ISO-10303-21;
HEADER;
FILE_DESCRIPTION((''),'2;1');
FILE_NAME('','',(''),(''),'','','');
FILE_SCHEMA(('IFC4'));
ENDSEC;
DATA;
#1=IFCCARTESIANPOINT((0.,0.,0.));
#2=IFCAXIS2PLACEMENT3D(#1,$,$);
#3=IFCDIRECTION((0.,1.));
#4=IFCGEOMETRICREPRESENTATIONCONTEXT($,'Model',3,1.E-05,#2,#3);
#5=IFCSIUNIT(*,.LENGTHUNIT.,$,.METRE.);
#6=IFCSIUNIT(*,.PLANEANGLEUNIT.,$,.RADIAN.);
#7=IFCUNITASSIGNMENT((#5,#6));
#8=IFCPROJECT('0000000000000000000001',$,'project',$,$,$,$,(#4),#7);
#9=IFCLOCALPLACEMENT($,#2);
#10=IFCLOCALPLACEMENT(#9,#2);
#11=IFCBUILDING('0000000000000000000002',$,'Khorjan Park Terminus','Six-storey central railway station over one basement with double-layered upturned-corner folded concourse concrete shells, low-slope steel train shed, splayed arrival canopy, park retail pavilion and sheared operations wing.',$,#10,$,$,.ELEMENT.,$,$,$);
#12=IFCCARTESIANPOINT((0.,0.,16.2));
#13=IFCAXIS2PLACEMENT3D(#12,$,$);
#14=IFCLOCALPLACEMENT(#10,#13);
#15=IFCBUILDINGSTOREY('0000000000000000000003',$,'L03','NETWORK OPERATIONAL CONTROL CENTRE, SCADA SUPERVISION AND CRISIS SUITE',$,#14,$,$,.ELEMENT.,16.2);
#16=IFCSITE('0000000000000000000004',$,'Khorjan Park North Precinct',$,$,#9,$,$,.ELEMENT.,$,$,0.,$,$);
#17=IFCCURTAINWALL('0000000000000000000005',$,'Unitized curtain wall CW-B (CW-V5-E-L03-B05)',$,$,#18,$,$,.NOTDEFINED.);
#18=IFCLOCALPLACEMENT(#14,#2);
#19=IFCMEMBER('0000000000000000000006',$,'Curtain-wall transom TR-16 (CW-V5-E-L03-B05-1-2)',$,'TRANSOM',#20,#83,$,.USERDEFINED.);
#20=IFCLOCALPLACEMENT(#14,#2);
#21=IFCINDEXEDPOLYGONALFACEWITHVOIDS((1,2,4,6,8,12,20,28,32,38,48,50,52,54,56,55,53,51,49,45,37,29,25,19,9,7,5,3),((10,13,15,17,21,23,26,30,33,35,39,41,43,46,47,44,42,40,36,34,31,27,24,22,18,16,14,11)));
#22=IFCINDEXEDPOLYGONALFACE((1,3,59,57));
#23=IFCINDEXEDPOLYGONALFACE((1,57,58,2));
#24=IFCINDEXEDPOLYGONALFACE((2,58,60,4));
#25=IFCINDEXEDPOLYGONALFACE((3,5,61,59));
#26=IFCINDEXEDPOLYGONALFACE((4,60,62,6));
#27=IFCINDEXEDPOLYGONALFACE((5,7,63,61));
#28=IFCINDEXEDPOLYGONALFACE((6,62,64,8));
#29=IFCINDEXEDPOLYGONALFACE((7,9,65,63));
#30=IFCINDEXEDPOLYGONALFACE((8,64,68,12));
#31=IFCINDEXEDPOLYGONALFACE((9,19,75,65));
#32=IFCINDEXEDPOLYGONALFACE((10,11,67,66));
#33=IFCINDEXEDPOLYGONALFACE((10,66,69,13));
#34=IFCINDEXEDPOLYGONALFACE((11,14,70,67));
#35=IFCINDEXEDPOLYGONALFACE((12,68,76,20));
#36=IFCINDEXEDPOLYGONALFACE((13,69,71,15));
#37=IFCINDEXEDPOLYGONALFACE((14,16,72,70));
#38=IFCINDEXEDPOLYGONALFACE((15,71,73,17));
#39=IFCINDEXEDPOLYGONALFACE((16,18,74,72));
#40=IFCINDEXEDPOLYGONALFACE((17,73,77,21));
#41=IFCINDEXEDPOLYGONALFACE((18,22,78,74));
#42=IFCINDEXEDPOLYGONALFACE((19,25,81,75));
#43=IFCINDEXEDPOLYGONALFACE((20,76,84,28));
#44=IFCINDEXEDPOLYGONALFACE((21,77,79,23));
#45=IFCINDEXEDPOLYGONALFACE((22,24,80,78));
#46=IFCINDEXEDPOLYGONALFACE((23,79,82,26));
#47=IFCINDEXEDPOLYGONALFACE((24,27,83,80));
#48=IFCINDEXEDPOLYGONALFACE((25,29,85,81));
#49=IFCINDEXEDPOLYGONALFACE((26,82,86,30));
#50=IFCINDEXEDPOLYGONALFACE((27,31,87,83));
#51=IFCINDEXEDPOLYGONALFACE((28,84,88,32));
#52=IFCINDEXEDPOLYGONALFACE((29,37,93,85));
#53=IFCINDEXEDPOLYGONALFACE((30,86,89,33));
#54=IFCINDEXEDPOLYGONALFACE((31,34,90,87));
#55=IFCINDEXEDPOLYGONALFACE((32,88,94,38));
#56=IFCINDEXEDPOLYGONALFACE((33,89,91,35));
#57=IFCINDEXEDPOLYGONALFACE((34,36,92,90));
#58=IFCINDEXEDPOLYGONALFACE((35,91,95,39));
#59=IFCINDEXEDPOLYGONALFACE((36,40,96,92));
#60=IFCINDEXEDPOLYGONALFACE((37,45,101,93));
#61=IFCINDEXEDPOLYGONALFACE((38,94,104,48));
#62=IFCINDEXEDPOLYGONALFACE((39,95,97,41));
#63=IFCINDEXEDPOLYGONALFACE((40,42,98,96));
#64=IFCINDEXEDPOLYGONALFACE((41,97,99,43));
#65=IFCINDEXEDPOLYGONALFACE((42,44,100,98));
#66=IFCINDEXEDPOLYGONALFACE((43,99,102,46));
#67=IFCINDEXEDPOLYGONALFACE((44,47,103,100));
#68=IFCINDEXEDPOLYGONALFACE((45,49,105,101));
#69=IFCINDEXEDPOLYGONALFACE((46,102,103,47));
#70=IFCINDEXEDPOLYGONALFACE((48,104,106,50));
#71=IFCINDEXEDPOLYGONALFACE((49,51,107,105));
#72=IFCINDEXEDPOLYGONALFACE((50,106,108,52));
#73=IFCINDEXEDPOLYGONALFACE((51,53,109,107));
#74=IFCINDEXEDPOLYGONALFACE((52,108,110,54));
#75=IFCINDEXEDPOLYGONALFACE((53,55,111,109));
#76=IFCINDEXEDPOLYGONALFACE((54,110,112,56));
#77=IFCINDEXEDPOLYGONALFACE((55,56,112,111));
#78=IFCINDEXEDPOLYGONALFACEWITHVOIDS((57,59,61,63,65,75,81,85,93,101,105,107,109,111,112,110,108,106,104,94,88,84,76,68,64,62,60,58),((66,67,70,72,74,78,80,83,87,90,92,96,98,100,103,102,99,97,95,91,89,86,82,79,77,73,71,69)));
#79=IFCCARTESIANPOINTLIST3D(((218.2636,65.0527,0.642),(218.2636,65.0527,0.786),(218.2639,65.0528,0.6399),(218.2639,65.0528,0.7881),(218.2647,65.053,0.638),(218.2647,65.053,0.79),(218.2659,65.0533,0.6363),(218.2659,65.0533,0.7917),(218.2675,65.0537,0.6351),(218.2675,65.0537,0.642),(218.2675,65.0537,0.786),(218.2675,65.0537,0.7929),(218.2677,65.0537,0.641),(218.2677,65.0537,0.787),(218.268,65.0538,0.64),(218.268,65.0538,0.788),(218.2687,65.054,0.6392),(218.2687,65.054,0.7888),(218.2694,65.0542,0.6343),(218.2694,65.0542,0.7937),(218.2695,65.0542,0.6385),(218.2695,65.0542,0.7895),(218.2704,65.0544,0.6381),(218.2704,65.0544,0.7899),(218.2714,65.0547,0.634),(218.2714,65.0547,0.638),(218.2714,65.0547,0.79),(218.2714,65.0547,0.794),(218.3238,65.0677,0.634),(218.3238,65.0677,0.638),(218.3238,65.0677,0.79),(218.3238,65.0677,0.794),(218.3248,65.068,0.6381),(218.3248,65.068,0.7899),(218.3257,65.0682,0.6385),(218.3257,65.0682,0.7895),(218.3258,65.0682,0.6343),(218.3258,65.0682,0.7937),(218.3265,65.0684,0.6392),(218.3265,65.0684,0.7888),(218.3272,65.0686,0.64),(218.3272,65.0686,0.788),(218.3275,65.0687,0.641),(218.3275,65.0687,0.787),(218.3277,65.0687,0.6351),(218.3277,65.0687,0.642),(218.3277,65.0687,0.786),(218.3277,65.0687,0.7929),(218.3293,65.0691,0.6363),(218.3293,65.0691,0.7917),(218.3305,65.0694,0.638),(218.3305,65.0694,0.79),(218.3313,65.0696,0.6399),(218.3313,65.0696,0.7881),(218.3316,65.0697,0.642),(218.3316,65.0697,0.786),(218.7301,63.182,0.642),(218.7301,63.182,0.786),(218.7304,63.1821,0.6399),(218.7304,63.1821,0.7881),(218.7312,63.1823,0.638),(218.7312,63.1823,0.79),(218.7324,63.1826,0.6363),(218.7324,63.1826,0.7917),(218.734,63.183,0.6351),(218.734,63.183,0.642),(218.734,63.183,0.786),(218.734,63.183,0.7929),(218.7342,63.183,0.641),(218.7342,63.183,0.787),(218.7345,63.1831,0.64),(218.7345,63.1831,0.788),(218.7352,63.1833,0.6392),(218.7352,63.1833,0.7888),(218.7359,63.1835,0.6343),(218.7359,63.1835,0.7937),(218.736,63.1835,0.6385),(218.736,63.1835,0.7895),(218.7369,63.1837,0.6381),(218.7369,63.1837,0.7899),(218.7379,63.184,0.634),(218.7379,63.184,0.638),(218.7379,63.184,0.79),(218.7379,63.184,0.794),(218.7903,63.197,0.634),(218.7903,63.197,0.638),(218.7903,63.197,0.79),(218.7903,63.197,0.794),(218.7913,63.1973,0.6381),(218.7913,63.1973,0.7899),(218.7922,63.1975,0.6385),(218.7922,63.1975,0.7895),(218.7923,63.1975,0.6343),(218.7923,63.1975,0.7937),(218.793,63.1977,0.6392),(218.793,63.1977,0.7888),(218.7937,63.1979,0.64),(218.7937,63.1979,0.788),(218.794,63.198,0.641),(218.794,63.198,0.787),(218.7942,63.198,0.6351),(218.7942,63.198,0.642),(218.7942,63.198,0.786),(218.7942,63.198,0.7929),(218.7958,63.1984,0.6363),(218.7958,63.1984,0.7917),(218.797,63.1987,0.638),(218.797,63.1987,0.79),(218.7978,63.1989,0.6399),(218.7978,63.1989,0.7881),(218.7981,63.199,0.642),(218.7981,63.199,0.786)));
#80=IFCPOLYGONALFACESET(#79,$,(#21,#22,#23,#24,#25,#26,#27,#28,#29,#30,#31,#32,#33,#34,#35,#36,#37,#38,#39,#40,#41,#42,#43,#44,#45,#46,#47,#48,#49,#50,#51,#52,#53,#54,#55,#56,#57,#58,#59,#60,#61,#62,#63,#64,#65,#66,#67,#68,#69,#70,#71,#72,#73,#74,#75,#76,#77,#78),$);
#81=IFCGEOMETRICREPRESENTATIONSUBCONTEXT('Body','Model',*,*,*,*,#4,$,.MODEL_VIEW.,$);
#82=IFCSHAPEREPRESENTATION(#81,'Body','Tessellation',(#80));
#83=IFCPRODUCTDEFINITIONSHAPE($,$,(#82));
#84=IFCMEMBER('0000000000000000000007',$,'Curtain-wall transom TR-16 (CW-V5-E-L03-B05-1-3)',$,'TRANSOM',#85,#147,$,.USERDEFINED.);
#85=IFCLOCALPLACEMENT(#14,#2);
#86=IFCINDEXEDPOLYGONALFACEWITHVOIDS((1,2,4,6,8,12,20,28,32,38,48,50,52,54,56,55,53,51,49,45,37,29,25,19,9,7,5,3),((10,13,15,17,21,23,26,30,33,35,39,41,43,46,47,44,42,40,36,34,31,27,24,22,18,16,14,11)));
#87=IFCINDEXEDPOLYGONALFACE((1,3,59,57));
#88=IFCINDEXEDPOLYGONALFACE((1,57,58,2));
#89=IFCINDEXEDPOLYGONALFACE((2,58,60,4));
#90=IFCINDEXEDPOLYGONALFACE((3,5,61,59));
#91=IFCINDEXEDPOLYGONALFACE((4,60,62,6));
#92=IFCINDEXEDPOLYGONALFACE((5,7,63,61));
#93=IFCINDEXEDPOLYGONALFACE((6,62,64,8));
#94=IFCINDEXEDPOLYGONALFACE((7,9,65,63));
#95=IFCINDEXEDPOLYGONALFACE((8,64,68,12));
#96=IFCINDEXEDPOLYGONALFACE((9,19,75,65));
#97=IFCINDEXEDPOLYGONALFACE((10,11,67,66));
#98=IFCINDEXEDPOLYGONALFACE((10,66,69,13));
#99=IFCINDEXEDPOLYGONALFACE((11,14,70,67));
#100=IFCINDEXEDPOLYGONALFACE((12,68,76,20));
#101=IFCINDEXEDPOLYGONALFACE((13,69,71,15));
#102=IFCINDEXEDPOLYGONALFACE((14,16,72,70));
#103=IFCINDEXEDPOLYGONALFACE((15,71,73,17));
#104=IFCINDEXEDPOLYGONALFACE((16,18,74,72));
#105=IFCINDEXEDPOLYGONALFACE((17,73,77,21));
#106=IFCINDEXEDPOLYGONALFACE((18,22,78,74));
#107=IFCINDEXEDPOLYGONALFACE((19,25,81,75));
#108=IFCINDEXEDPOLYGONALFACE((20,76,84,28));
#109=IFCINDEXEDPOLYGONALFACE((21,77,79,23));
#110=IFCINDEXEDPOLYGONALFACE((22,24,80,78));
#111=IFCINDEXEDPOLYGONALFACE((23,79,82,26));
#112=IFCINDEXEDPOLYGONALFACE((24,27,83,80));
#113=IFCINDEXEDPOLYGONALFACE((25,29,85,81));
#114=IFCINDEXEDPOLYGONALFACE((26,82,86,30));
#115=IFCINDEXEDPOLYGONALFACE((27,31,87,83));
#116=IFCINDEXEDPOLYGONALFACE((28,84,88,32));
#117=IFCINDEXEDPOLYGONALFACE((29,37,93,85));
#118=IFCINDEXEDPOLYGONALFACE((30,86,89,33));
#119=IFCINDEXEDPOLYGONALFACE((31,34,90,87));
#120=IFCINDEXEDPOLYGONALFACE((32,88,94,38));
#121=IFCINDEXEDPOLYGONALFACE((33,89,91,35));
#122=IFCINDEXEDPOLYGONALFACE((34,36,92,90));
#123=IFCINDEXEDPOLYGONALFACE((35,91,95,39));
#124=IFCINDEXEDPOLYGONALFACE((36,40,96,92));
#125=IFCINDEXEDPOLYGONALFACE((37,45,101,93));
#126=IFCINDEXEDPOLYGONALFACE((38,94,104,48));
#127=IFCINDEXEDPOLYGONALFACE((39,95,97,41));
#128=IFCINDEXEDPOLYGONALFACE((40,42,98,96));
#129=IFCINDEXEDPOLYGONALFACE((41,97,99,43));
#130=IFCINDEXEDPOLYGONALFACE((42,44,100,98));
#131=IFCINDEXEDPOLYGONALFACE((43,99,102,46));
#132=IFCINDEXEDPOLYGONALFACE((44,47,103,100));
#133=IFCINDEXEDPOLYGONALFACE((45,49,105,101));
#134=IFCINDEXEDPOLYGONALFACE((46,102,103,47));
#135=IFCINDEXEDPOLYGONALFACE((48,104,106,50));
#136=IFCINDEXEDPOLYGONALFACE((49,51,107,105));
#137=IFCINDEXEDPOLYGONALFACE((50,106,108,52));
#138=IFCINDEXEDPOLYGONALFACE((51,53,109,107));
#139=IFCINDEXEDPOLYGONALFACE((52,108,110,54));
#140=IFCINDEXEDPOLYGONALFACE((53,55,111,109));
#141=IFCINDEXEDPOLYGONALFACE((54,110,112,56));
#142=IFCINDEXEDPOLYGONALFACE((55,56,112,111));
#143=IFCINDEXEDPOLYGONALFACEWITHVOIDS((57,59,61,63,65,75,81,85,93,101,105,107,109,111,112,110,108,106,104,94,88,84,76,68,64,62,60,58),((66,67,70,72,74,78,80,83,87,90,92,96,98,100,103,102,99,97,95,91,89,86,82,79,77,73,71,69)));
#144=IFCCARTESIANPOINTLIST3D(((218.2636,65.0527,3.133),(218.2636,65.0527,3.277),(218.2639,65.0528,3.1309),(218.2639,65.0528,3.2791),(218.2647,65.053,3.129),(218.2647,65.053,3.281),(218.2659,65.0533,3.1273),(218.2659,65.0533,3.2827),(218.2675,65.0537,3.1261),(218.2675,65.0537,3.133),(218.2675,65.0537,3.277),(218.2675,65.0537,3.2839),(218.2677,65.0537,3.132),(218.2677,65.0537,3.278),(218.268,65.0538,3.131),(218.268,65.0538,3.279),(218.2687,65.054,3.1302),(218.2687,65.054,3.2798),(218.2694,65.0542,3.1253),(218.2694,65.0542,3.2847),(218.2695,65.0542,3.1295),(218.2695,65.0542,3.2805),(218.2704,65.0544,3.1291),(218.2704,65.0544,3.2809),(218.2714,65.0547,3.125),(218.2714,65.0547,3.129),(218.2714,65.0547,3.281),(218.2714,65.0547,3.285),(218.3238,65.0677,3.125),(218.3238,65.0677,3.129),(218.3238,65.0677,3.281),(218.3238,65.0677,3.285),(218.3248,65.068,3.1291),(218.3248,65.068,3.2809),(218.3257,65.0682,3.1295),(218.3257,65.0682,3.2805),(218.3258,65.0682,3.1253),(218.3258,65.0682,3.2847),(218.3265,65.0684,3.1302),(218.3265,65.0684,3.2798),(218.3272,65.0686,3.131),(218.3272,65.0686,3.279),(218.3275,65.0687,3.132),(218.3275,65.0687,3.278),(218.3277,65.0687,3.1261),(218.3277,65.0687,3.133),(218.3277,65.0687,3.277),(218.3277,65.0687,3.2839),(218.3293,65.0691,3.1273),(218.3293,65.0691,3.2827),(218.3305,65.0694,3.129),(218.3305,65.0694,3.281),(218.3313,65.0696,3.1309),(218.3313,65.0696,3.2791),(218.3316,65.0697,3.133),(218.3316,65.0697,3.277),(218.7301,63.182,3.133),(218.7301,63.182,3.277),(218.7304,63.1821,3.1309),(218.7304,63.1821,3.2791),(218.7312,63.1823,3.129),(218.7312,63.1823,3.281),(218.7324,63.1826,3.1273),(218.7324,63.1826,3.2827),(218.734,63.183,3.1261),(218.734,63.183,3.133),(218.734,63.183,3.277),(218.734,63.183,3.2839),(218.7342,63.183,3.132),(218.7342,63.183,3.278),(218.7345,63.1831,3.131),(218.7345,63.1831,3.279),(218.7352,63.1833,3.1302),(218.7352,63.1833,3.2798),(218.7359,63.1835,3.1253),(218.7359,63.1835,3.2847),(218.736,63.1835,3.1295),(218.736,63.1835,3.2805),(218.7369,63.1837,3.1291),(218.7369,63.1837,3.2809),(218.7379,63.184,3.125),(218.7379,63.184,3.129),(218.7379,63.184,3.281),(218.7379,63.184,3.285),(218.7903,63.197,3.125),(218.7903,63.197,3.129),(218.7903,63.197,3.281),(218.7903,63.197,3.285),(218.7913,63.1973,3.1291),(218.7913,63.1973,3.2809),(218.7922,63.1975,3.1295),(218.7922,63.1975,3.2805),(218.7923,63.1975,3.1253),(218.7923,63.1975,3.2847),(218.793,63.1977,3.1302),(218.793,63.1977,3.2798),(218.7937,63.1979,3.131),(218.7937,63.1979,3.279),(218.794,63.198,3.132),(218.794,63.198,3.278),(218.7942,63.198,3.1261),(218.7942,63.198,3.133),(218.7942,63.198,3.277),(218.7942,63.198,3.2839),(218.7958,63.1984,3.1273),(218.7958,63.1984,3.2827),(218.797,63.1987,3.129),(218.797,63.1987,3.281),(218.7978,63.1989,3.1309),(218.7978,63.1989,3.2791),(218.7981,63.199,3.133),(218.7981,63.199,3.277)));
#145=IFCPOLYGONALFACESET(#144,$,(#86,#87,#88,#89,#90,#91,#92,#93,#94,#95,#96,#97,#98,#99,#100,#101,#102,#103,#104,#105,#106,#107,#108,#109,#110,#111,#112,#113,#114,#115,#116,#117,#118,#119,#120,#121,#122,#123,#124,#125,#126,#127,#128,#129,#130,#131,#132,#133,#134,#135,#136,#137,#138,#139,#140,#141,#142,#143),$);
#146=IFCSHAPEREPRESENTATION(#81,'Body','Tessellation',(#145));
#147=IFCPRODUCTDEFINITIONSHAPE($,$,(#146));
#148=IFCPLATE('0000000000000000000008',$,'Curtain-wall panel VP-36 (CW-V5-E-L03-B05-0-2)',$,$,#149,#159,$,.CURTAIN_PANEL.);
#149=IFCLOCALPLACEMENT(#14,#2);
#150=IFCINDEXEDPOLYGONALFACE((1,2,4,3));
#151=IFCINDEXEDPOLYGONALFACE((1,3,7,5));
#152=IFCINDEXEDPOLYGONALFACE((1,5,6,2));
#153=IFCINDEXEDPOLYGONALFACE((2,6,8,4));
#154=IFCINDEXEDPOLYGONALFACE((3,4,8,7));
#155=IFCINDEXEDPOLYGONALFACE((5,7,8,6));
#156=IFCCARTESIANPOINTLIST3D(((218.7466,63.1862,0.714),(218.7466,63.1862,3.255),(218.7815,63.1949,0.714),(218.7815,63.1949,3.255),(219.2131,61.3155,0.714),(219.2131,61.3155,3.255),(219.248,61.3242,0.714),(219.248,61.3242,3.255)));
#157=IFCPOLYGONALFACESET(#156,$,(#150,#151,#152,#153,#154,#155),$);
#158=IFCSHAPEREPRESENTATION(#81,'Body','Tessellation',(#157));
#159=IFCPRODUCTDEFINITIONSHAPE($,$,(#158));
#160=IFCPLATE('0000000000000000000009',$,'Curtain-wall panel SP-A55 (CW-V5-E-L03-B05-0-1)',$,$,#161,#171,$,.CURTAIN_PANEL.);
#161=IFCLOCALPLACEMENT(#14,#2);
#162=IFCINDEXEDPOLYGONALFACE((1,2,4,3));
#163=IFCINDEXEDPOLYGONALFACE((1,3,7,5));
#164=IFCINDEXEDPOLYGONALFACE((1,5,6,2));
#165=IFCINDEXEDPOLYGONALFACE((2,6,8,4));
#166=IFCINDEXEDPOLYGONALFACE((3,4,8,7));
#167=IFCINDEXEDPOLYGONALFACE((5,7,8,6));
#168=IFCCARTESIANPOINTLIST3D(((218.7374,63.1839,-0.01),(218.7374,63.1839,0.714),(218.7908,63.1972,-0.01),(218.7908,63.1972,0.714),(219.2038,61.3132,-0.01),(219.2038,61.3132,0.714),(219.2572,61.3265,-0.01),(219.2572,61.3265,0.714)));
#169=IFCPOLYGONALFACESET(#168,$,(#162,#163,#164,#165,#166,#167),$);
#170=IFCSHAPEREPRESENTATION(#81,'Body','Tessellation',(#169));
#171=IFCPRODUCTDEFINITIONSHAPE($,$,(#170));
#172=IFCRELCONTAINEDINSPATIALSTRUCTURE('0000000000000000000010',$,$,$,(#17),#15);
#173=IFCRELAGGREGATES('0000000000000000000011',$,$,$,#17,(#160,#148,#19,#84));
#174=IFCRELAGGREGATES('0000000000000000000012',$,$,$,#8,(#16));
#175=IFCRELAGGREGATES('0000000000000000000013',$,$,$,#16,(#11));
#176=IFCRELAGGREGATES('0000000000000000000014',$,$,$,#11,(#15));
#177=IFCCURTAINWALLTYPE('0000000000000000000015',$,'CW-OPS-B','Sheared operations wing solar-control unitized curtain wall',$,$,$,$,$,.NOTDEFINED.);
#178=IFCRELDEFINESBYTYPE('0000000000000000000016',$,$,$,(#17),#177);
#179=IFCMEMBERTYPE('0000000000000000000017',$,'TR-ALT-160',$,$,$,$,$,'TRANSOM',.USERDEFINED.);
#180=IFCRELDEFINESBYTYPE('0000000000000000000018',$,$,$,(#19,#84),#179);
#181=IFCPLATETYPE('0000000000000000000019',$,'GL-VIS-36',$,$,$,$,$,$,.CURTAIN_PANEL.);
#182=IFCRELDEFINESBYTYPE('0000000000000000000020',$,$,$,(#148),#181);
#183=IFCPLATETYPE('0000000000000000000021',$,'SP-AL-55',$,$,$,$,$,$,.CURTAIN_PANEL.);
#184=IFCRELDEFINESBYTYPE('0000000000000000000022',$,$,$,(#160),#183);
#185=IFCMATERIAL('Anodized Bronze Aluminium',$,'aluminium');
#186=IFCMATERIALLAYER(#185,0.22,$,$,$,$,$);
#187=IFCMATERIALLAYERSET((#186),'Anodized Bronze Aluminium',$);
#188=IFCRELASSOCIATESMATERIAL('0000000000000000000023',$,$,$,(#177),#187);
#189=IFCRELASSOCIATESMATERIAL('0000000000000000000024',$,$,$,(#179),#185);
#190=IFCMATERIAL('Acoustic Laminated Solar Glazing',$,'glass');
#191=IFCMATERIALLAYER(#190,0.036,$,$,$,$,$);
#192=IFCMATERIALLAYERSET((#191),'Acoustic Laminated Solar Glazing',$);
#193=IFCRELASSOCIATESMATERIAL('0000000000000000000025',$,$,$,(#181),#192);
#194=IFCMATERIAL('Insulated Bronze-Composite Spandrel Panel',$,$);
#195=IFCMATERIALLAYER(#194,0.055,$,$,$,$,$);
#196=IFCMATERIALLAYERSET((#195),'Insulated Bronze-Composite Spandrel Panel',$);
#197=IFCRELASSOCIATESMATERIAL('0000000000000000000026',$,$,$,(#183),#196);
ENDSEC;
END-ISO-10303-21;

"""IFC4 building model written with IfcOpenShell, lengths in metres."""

from ifc_helpers import new_model, si_unit, direction, frame, origin, origin_2d, place, context, subcontext, project, spatial, rectangle, hollow_rectangle, extrude, material, layer, layer_set, material_profile, profile_set, type_object, element, aggregate, save


model = new_model("IFC4")

# Units and contexts
model_context = context("Model", 3, precision=1e-05, world=origin(), true_north=direction((0.0, 1.0)))
body_context = subcontext(model_context, "Body", "Model", "MODEL_VIEW")
ifc_project = project(units=[si_unit("LENGTHUNIT", "METRE"), si_unit("PLANEANGLEUNIT", "RADIAN")], contexts=[model_context])

# Site, building, storey
site_placement = place(None, origin())
site = spatial("IfcSite", under=ifc_project, at=site_placement, Name="Khorjan Park North Precinct", CompositionType="ELEMENT", RefElevation=0.0)
building_placement = place(site_placement, origin())
building = spatial("IfcBuilding", under=site, at=building_placement, Name="Khorjan Park Terminus", Description="Six-storey central railway station over one basement with double-layered upturned-corner folded concourse concrete shells, low-slope steel train shed, splayed arrival canopy, park retail pavilion and sheared operations wing.", CompositionType="ELEMENT")
storey_placement = place(building_placement, frame((0.0, 0.0, 16.2)))
storey = spatial("IfcBuildingStorey", under=building, at=storey_placement, Name="L03", Description="NETWORK OPERATIONAL CONTROL CENTRE, SCADA SUPERVISION AND CRISIS SUITE", CompositionType="ELEMENT", Elevation=16.2)

# Curtain wall, members, plates
ifc_material_1 = material(Name="Anodized Bronze Aluminium", Category="aluminium")
ifc_layer_1 = layer(ifc_material_1, 0.22)
ifc_layer_set_1 = layer_set([ifc_layer_1], Name="Anodized Bronze Aluminium")
curtain_wall_type = type_object("IfcCurtainWallType", Name="CW-OPS-B", Description="Sheared operations wing solar-control unitized curtain wall", PredefinedType="NOTDEFINED", material=ifc_layer_set_1)
curtain_wall_placement = place(storey_placement, origin())
curtain_wall = element("IfcCurtainWall", 1, at=curtain_wall_placement, inside=storey, type_object=curtain_wall_type, Name="Unitized curtain wall CW-B (CW-V5-E-L03-B05)", PredefinedType="NOTDEFINED")
ifc_material_profile_1 = material_profile(ifc_material_1, hollow_rectangle(XDim=0.07, YDim=0.16, WallThickness=0.004, InnerFilletRadius=0.004, OuterFilletRadius=0.008, at=origin_2d()), Name="ALT 70x160x4")
ifc_profile_set_1 = profile_set([ifc_material_profile_1], Name="Anodized Bronze Aluminium")
member_type_1 = type_object("IfcMemberType", Name="TR-ALT-160", ElementType="TRANSOM", PredefinedType="USERDEFINED", material=ifc_profile_set_1)
member_1_placement = place(storey_placement, frame((218.7641, 63.1905, 0.714), z_axis=(-0.241962, 0.970286, 0.0), x_axis=(-0.970286, -0.241962, 0.0)))
member_1 = element("IfcMember", 2, at=member_1_placement, type_object=member_type_1, Name="Curtain-wall transom TR-16 (CW-V5-E-L03-B05-1-2)", ObjectType="TRANSOM", PredefinedType="USERDEFINED", context=body_context, shape_type="SweptSolid", body=[
    extrude(hollow_rectangle(XDim=0.07, YDim=0.16, WallThickness=0.004, InnerFilletRadius=0.004, OuterFilletRadius=0.008, at=origin_2d()), origin(), (0.0, 0.0, 1.0), 1.928),
])
member_2_placement = place(storey_placement, frame((218.7641, 63.1905, 3.205), z_axis=(-0.241962, 0.970286, 0.0), x_axis=(-0.970286, -0.241962, 0.0)))
member_2 = element("IfcMember", 3, at=member_2_placement, type_object=member_type_1, Name="Curtain-wall transom TR-16 (CW-V5-E-L03-B05-1-3)", ObjectType="TRANSOM", PredefinedType="USERDEFINED", context=body_context, shape_type="SweptSolid", body=[
    extrude(hollow_rectangle(XDim=0.07, YDim=0.16, WallThickness=0.004, InnerFilletRadius=0.004, OuterFilletRadius=0.008, at=origin_2d()), origin(), (0.0, 0.0, 1.0), 1.928),
])
ifc_material_2 = material(Name="Acoustic Laminated Solar Glazing", Category="glass")
ifc_layer_2 = layer(ifc_material_2, 0.036)
ifc_layer_set_2 = layer_set([ifc_layer_2], Name="Acoustic Laminated Solar Glazing")
plate_type_1 = type_object("IfcPlateType", Name="GL-VIS-36", PredefinedType="CURTAIN_PANEL", material=ifc_layer_set_2)
plate_1_placement = place(storey_placement, frame((218.9973, 62.2552, 0.714), z_axis=(0.0, 0.0, 1.0), x_axis=(-0.241935, 0.970292, 0.0)))
plate_1 = element("IfcPlate", 4, at=plate_1_placement, type_object=plate_type_1, Name="Curtain-wall panel VP-36 (CW-V5-E-L03-B05-0-2)", PredefinedType="CURTAIN_PANEL", context=body_context, shape_type="SweptSolid", body=[
    extrude(rectangle(XDim=1.928, YDim=0.036, at=origin_2d()), origin(), (0.0, 0.0, 1.0), 2.541),
])
ifc_material_3 = material(Name="Insulated Bronze-Composite Spandrel Panel")
ifc_layer_3 = layer(ifc_material_3, 0.055)
ifc_layer_set_3 = layer_set([ifc_layer_3], Name="Insulated Bronze-Composite Spandrel Panel")
plate_type_2 = type_object("IfcPlateType", Name="SP-AL-55", PredefinedType="CURTAIN_PANEL", material=ifc_layer_set_3)
plate_2_placement = place(storey_placement, frame((218.9973, 62.2552, -0.01), z_axis=(0.0, 0.0, 1.0), x_axis=(-0.241935, 0.970292, 0.0)))
plate_2 = element("IfcPlate", 5, at=plate_2_placement, type_object=plate_type_2, Name="Curtain-wall panel SP-A55 (CW-V5-E-L03-B05-0-1)", PredefinedType="CURTAIN_PANEL", context=body_context, shape_type="SweptSolid", body=[
    extrude(rectangle(XDim=1.928, YDim=0.055, at=origin_2d()), origin(), (0.0, 0.0, 1.0), 0.724),
])
aggregate(curtain_wall, [plate_2, plate_1, member_1, member_2])

save(model, "model.ifc")
